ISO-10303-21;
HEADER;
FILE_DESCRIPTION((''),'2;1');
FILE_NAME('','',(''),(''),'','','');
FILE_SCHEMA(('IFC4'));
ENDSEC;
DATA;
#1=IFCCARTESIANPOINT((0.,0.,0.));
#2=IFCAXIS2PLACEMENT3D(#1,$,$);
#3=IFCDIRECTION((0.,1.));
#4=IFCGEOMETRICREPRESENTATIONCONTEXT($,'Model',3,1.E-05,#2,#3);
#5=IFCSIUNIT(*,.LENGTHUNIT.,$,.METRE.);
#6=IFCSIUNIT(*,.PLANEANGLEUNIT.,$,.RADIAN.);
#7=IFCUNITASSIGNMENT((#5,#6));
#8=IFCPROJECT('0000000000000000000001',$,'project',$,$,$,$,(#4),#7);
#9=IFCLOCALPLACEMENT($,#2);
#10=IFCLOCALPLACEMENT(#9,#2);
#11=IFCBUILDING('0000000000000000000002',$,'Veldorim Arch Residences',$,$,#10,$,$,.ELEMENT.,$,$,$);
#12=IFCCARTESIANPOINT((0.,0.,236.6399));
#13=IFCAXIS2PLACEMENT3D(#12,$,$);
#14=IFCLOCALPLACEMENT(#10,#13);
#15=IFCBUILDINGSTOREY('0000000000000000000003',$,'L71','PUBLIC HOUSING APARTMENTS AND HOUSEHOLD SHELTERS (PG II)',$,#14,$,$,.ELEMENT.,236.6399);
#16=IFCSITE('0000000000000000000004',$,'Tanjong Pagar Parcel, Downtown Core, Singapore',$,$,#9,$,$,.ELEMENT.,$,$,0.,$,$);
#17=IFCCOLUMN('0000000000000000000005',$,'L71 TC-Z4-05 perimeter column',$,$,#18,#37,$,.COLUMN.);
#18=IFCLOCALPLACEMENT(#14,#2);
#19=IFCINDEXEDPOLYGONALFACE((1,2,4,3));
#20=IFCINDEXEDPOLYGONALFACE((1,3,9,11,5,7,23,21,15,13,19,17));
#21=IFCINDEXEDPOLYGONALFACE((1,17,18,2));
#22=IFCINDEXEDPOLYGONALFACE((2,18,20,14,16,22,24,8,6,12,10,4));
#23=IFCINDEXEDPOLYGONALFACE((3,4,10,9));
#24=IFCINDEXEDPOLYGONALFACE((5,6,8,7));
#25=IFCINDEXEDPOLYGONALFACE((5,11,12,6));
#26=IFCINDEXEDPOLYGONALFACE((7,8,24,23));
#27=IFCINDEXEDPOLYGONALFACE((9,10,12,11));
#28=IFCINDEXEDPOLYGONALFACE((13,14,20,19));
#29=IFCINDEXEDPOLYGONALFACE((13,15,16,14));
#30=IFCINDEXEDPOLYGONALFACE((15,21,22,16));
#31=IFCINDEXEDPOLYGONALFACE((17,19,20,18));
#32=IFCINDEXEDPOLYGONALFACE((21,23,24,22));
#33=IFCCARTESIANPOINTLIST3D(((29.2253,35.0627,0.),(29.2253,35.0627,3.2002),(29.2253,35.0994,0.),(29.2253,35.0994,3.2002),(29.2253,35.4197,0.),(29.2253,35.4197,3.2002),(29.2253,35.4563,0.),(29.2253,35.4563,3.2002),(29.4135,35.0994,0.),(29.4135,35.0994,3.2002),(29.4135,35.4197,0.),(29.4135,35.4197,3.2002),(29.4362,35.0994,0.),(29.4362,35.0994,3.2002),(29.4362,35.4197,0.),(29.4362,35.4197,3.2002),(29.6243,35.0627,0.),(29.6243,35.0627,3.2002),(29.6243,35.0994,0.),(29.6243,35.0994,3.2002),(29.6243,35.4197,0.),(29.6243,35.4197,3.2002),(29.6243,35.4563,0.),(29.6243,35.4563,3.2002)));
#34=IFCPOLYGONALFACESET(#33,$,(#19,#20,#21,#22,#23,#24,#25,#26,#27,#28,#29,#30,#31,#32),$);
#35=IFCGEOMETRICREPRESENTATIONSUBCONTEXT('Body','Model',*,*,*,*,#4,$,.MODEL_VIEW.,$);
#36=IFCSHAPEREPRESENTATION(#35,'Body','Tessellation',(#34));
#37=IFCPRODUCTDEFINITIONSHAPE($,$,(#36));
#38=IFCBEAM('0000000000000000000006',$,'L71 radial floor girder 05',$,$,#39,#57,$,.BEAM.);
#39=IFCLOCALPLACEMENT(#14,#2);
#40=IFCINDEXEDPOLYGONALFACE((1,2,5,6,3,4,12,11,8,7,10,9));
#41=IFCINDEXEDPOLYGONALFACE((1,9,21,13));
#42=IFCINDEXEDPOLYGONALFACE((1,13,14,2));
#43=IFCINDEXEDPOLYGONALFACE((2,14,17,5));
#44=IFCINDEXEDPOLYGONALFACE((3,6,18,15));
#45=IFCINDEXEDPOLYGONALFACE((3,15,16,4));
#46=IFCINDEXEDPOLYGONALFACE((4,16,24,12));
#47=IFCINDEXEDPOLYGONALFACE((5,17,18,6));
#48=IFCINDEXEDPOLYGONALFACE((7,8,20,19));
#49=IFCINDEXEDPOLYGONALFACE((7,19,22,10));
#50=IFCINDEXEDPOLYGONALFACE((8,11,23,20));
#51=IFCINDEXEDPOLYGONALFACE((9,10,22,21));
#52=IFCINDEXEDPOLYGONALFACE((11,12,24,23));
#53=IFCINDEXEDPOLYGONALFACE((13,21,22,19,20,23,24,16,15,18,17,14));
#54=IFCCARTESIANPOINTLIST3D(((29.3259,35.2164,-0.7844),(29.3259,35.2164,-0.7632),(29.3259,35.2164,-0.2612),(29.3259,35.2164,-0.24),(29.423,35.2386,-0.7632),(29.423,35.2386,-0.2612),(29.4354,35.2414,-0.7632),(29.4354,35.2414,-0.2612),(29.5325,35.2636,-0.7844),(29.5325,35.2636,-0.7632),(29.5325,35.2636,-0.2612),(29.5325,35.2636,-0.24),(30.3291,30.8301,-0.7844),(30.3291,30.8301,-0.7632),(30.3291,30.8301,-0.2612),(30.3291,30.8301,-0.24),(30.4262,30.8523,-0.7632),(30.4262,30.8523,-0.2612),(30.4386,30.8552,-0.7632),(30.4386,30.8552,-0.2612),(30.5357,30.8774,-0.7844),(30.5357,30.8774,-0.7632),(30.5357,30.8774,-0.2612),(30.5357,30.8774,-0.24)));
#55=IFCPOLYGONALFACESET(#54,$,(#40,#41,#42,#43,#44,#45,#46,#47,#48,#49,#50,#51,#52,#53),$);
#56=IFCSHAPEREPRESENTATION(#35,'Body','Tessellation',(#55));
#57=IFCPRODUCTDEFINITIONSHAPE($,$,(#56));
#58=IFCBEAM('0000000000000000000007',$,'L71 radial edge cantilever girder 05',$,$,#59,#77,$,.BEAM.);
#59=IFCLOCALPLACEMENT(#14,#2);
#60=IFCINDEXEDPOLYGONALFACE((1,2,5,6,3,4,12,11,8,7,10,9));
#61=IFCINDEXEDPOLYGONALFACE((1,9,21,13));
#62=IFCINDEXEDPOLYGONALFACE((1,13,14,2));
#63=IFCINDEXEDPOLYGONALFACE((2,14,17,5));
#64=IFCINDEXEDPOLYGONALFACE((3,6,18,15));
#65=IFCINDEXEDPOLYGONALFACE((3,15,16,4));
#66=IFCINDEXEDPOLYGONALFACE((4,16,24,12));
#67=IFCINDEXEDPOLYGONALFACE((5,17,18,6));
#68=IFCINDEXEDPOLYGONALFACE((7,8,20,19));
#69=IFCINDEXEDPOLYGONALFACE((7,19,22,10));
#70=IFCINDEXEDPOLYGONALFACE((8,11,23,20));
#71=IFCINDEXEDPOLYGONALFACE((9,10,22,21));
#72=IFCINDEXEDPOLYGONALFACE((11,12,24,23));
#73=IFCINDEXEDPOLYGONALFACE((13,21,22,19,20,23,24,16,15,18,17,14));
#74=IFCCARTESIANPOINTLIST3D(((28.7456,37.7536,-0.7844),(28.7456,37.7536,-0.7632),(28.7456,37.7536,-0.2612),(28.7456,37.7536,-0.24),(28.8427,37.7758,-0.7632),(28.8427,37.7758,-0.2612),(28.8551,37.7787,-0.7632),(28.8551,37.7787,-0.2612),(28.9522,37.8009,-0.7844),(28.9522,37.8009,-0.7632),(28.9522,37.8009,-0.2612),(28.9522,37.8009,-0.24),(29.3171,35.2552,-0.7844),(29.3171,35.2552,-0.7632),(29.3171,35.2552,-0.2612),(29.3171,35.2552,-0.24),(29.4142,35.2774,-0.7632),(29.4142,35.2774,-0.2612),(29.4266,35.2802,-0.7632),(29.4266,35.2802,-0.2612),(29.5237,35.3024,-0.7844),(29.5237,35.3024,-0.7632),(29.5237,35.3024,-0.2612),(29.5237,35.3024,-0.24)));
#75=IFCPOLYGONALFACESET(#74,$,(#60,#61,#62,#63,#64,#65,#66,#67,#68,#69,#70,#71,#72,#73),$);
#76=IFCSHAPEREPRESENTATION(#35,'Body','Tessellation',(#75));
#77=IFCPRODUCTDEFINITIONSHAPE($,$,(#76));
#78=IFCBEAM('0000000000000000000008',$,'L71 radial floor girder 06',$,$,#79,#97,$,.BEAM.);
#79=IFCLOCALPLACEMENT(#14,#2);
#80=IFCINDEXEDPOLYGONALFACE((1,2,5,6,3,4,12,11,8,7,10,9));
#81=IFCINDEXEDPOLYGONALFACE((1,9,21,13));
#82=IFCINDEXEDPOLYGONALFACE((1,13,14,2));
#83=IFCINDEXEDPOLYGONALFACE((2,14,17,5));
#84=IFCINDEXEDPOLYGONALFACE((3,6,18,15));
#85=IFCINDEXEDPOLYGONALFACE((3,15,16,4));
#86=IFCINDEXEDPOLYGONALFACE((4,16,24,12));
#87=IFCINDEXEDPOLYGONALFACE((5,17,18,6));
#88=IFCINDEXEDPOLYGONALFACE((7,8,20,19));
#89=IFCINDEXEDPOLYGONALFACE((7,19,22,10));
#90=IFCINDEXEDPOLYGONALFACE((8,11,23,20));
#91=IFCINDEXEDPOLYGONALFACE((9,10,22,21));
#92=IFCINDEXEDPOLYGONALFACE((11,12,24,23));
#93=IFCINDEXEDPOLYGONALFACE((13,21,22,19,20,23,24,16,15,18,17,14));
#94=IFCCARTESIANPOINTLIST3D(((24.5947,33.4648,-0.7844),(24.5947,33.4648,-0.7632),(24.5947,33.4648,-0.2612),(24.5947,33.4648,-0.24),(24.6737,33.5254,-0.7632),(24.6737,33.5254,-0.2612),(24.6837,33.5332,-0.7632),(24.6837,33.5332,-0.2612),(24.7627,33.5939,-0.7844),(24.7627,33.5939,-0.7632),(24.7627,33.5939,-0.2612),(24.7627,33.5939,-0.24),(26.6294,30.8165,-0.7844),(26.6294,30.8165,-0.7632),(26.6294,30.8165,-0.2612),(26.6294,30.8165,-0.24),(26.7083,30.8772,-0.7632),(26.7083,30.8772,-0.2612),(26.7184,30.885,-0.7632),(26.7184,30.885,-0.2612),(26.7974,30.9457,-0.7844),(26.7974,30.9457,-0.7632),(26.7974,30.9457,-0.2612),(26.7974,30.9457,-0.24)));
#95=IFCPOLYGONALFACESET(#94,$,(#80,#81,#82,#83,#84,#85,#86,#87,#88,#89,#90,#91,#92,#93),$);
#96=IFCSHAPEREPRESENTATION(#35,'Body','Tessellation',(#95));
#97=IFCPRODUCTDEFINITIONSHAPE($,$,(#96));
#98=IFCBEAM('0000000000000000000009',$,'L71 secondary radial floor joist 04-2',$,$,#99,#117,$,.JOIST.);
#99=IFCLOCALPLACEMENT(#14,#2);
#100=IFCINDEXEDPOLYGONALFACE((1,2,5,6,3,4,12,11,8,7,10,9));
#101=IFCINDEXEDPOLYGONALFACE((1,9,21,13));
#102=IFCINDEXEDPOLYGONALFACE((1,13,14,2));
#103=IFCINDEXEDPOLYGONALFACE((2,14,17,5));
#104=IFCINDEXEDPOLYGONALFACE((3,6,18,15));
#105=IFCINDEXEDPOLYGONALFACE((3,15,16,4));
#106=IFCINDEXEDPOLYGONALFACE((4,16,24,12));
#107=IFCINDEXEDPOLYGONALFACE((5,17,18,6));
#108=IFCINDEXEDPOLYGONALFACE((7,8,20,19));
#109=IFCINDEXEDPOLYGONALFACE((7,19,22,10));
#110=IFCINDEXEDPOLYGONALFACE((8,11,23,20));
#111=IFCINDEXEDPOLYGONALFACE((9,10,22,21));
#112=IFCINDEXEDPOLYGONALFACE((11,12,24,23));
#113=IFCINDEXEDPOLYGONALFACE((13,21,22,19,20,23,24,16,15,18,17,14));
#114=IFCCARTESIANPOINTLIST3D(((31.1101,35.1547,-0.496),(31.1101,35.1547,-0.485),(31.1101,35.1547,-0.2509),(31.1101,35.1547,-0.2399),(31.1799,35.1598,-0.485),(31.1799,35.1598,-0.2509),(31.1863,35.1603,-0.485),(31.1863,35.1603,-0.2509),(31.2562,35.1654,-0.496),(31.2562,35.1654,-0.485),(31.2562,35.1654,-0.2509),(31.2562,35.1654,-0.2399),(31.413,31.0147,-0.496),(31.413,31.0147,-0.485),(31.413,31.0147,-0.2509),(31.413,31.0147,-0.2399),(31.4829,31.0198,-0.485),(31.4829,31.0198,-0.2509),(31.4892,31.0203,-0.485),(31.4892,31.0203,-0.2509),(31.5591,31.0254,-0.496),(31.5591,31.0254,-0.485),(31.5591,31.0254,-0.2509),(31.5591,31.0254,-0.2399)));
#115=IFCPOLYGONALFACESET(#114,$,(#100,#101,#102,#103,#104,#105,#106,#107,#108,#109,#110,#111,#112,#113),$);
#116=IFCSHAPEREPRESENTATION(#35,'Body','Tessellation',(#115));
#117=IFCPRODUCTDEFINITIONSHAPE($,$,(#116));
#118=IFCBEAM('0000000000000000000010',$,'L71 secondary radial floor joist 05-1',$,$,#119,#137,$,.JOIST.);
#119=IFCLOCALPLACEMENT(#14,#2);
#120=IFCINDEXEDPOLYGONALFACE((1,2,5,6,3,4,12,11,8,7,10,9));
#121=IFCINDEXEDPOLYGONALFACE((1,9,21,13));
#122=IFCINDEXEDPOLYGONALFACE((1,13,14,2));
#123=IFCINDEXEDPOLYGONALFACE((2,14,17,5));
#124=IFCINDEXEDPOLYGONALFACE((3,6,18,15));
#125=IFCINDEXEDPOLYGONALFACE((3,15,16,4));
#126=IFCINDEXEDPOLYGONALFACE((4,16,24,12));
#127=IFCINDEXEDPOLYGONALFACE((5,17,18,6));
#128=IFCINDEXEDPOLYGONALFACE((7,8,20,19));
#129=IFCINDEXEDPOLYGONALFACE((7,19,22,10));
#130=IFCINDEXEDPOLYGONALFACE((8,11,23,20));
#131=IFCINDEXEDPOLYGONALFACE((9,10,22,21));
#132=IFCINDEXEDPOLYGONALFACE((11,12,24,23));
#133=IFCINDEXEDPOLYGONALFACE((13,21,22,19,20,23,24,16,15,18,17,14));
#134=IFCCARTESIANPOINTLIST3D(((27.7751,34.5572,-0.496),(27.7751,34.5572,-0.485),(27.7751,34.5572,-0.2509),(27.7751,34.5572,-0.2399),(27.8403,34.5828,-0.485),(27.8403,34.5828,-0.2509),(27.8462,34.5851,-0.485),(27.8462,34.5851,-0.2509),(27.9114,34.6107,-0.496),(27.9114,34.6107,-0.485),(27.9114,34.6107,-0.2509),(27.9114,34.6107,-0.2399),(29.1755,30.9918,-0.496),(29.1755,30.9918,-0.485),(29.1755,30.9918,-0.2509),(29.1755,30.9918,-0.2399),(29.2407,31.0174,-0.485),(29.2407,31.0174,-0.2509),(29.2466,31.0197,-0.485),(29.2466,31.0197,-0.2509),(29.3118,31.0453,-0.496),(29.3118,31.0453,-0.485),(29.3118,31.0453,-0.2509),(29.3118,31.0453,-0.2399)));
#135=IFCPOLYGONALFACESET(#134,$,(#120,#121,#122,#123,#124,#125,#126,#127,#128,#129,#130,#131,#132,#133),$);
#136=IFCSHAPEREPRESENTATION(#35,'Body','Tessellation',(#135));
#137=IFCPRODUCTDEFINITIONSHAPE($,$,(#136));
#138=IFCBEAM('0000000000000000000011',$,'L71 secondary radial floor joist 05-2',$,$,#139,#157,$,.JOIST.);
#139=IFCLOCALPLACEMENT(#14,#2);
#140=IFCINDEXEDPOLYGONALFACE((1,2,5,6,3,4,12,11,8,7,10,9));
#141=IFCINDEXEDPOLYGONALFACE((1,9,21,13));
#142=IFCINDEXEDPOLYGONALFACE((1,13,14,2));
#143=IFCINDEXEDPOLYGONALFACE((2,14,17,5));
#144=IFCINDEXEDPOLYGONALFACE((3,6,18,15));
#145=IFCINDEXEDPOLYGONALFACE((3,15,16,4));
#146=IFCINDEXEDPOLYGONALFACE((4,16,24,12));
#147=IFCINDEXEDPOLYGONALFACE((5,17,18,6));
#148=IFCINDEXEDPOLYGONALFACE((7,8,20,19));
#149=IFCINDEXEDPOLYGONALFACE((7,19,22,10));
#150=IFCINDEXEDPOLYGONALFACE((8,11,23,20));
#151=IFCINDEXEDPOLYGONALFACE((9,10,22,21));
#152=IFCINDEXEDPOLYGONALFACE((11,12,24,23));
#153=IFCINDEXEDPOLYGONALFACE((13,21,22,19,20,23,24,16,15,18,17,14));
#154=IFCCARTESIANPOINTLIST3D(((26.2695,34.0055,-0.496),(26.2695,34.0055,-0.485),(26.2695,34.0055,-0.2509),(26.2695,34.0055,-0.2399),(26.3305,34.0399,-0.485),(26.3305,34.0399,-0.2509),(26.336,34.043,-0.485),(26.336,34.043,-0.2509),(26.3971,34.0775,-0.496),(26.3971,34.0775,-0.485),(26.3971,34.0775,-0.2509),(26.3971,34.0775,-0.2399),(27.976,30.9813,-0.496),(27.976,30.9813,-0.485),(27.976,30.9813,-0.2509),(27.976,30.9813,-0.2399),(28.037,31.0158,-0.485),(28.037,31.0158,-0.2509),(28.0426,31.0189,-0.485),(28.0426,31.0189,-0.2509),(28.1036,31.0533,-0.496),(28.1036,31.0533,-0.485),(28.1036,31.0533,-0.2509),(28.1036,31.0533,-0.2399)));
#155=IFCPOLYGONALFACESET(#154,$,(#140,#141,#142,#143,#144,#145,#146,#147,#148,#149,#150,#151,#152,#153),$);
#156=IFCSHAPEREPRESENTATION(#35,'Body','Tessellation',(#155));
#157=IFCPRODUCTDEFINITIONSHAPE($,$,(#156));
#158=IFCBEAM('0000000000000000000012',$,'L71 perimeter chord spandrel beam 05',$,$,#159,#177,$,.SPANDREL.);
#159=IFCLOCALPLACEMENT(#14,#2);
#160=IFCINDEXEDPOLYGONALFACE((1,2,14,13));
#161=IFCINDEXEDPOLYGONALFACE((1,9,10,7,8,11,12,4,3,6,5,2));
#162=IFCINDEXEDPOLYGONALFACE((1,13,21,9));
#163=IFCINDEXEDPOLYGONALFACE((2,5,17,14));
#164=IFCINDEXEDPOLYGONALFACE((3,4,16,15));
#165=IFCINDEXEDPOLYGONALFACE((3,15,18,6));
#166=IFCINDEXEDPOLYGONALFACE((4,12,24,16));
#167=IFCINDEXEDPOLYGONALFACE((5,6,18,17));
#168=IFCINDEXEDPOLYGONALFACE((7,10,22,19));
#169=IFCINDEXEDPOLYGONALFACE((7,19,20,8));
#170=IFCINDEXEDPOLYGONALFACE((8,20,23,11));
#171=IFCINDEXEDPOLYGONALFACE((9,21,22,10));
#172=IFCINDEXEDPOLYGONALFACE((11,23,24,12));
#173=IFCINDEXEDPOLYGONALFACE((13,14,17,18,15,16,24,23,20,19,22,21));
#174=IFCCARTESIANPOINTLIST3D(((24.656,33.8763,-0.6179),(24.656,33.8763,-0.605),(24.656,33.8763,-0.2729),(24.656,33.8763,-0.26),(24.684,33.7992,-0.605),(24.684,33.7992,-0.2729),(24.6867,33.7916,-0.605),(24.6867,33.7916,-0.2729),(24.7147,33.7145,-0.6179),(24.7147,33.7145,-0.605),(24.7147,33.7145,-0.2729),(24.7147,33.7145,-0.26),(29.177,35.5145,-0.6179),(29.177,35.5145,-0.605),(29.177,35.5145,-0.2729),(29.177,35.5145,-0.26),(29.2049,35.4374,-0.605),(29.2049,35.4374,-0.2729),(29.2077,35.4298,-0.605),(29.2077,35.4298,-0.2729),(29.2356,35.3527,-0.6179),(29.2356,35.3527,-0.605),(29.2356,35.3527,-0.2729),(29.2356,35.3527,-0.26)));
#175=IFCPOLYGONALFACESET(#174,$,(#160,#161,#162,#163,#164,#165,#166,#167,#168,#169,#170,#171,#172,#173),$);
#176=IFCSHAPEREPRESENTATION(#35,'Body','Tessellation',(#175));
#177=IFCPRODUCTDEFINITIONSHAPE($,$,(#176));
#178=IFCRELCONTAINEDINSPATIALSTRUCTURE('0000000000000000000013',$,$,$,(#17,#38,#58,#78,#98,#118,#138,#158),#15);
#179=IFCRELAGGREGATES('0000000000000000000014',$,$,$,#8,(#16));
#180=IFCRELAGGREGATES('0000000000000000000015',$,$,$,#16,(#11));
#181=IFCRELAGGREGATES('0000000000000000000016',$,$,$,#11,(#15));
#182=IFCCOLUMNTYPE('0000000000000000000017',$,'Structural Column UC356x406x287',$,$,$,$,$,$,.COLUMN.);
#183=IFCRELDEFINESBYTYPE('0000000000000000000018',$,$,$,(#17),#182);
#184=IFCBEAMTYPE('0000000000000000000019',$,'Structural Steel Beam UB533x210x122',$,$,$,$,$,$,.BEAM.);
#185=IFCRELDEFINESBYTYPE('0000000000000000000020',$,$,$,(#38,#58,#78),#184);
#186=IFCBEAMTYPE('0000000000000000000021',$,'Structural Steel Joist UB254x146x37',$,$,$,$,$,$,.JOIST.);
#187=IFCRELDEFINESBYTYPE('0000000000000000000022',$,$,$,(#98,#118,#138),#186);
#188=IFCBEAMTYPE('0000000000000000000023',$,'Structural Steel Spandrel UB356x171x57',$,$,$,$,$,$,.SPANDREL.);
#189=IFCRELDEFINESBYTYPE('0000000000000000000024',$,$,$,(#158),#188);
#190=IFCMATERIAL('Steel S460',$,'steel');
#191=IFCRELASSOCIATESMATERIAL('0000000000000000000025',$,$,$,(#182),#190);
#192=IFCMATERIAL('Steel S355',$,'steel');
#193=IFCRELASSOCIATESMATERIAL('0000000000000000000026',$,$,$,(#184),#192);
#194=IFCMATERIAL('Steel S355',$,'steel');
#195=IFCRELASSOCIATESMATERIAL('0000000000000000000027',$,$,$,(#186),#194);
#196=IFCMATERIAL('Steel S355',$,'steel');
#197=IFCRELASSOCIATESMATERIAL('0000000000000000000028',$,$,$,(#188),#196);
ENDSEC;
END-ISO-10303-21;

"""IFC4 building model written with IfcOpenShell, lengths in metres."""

from ifc_helpers import new_model, si_unit, direction, frame, origin, origin_2d, place, context, subcontext, project, spatial, i_section, extrude, material, material_profile, profile_set, type_object, element, save


model = new_model("IFC4")

# Units and contexts
model_context = context("Model", 3, precision=1e-05, world=origin(), true_north=direction((0.0, 1.0)))
body_context = subcontext(model_context, "Body", "Model", "MODEL_VIEW")
ifc_project = project(units=[si_unit("LENGTHUNIT", "METRE"), si_unit("PLANEANGLEUNIT", "RADIAN")], contexts=[model_context])

# Site, building, storey
site_placement = place(None, origin())
site = spatial("IfcSite", under=ifc_project, at=site_placement, Name="Tanjong Pagar Parcel, Downtown Core, Singapore", CompositionType="ELEMENT", RefElevation=0.0)
building_placement = place(site_placement, origin())
building = spatial("IfcBuilding", under=site, at=building_placement, Name="Veldorim Arch Residences", CompositionType="ELEMENT")
storey_placement = place(building_placement, frame((0.0, 0.0, 236.6399)))
storey = spatial("IfcBuildingStorey", under=building, at=storey_placement, Name="L71", Description="PUBLIC HOUSING APARTMENTS AND HOUSEHOLD SHELTERS (PG II)", CompositionType="ELEMENT", Elevation=236.6399)

# Column
ifc_material_1 = material(Name="Steel S460", Category="steel")
ifc_material_profile_1 = material_profile(ifc_material_1, i_section(OverallWidth=0.3989, OverallDepth=0.3936, WebThickness=0.0227, FlangeThickness=0.0366, at=origin_2d()), Name="UC356x406x287")
ifc_profile_set_1 = profile_set([ifc_material_profile_1], Name="Steel S460")
column_type = type_object("IfcColumnType", Name="Structural Column UC356x406x287", PredefinedType="COLUMN", material=ifc_profile_set_1)
column_placement = place(storey_placement, frame((29.4248, 35.2595, 0.0), z_axis=(0.0, 0.0, 1.0), x_axis=(1.0, 0.0, 0.0)))
element("IfcColumn", 1, at=column_placement, inside=storey, type_object=column_type, Name="L71 TC-Z4-05 perimeter column", PredefinedType="COLUMN", context=body_context, shape_type="SweptSolid", body=[
    extrude(i_section(OverallWidth=0.3989, OverallDepth=0.3936, WebThickness=0.0227, FlangeThickness=0.0366, at=origin_2d()), origin(), (0.0, 0.0, 1.0), 3.2002),
])

# Beams
ifc_material_2 = material(Name="Steel S355", Category="steel")
ifc_material_profile_2 = material_profile(ifc_material_2, i_section(OverallWidth=0.2119, OverallDepth=0.5444, WebThickness=0.0127, FlangeThickness=0.0212, at=origin_2d()), Name="UB533x210x122")
ifc_profile_set_2 = profile_set([ifc_material_profile_2], Name="Steel S355")
beam_type_1 = type_object("IfcBeamType", Name="Structural Steel Beam UB533x210x122", PredefinedType="BEAM", material=ifc_profile_set_2)
beam_1_placement = place(storey_placement, frame((30.4324, 30.8538, -0.5122), z_axis=(-0.222953, 0.974829, 0.0), x_axis=(-0.974829, -0.222953, 0.0)))
element("IfcBeam", 2, at=beam_1_placement, inside=storey, type_object=beam_type_1, Name="L71 radial floor girder 05", PredefinedType="BEAM", context=body_context, shape_type="SweptSolid", body=[
    extrude(i_section(OverallWidth=0.2119, OverallDepth=0.5444, WebThickness=0.0127, FlangeThickness=0.0212, at=origin_2d()), origin(), (0.0, 0.0, 1.0), 4.4995),
])
beam_2_placement = place(storey_placement, frame((29.4204, 35.2788, -0.5122), z_axis=(-0.222988, 0.974821, 0.0), x_axis=(-0.974821, -0.222988, 0.0)))
element("IfcBeam", 3, at=beam_2_placement, inside=storey, type_object=beam_type_1, Name="L71 radial edge cantilever girder 05", PredefinedType="BEAM", context=body_context, shape_type="SweptSolid", body=[
    extrude(i_section(OverallWidth=0.2119, OverallDepth=0.5444, WebThickness=0.0127, FlangeThickness=0.0212, at=origin_2d()), origin(), (0.0, 0.0, 1.0), 2.563),
])
beam_3_placement = place(storey_placement, frame((26.7134, 30.8811, -0.5122), z_axis=(-0.609258, 0.792972, 0.0), x_axis=(-0.792972, -0.609258, 0.0)))
element("IfcBeam", 4, at=beam_3_placement, inside=storey, type_object=beam_type_1, Name="L71 radial floor girder 06", PredefinedType="BEAM", context=body_context, shape_type="SweptSolid", body=[
    extrude(i_section(OverallWidth=0.2119, OverallDepth=0.5444, WebThickness=0.0127, FlangeThickness=0.0212, at=origin_2d()), origin(), (0.0, 0.0, 1.0), 3.3396),
])
ifc_material_3 = material(Name="Steel S355", Category="steel")
ifc_material_profile_3 = material_profile(ifc_material_3, i_section(OverallWidth=0.1465, OverallDepth=0.2561, WebThickness=0.0063, FlangeThickness=0.011, at=origin_2d()), Name="UB254x146x37")
ifc_profile_set_3 = profile_set([ifc_material_profile_3], Name="Steel S355")
beam_type_2 = type_object("IfcBeamType", Name="Structural Steel Joist UB254x146x37", PredefinedType="JOIST", material=ifc_profile_set_3)
beam_4_placement = place(storey_placement, frame((31.4861, 31.02, -0.3679), z_axis=(-0.072986, 0.997333, 0.0), x_axis=(-0.997333, -0.072986, 0.0)))
element("IfcBeam", 5, at=beam_4_placement, inside=storey, type_object=beam_type_2, Name="L71 secondary radial floor joist 04-2", PredefinedType="JOIST", context=body_context, shape_type="SweptSolid", body=[
    extrude(i_section(OverallWidth=0.1465, OverallDepth=0.2561, WebThickness=0.0063, FlangeThickness=0.011, at=origin_2d()), origin(), (0.0, 0.0, 1.0), 4.1511),
])
beam_5_placement = place(storey_placement, frame((29.2437, 31.0186, -0.3679), z_axis=(-0.365581, 0.930779, 0.0), x_axis=(-0.930779, -0.365581, 0.0)))
element("IfcBeam", 6, at=beam_5_placement, inside=storey, type_object=beam_type_2, Name="L71 secondary radial floor joist 05-1", PredefinedType="JOIST", context=body_context, shape_type="SweptSolid", body=[
    extrude(i_section(OverallWidth=0.1465, OverallDepth=0.2561, WebThickness=0.0063, FlangeThickness=0.011, at=origin_2d()), origin(), (0.0, 0.0, 1.0), 3.8306),
])
beam_6_placement = place(storey_placement, frame((28.0398, 31.0173, -0.3679), z_axis=(-0.491452, 0.870904, 0.0), x_axis=(-0.870904, -0.491452, 0.0)))
element("IfcBeam", 7, at=beam_6_placement, inside=storey, type_object=beam_type_2, Name="L71 secondary radial floor joist 05-2", PredefinedType="JOIST", context=body_context, shape_type="SweptSolid", body=[
    extrude(i_section(OverallWidth=0.1465, OverallDepth=0.2561, WebThickness=0.0063, FlangeThickness=0.011, at=origin_2d()), origin(), (0.0, 0.0, 1.0), 3.4724),
])
ifc_material_4 = material(Name="Steel S355", Category="steel")
ifc_material_profile_4 = material_profile(ifc_material_4, i_section(OverallWidth=0.1721, OverallDepth=0.3579, WebThickness=0.0081, FlangeThickness=0.0129, at=origin_2d()), Name="UB356x171x57")
ifc_profile_set_4 = profile_set([ifc_material_profile_4], Name="Steel S355")
beam_type_3 = type_object("IfcBeamType", Name="Structural Steel Spandrel UB356x171x57", PredefinedType="SPANDREL", material=ifc_profile_set_4)
beam_7_placement = place(storey_placement, frame((29.2063, 35.4336, -0.439), z_axis=(-0.940181, -0.340675, 0.0), x_axis=(0.340675, -0.940181, 0.0)))
element("IfcBeam", 8, at=beam_7_placement, inside=storey, type_object=beam_type_3, Name="L71 perimeter chord spandrel beam 05", PredefinedType="SPANDREL", context=body_context, shape_type="SweptSolid", body=[
    extrude(i_section(OverallWidth=0.1721, OverallDepth=0.3579, WebThickness=0.0081, FlangeThickness=0.0129, at=origin_2d()), origin(), (0.0, 0.0, 1.0), 4.8086),
])

save(model, "model.ifc")
